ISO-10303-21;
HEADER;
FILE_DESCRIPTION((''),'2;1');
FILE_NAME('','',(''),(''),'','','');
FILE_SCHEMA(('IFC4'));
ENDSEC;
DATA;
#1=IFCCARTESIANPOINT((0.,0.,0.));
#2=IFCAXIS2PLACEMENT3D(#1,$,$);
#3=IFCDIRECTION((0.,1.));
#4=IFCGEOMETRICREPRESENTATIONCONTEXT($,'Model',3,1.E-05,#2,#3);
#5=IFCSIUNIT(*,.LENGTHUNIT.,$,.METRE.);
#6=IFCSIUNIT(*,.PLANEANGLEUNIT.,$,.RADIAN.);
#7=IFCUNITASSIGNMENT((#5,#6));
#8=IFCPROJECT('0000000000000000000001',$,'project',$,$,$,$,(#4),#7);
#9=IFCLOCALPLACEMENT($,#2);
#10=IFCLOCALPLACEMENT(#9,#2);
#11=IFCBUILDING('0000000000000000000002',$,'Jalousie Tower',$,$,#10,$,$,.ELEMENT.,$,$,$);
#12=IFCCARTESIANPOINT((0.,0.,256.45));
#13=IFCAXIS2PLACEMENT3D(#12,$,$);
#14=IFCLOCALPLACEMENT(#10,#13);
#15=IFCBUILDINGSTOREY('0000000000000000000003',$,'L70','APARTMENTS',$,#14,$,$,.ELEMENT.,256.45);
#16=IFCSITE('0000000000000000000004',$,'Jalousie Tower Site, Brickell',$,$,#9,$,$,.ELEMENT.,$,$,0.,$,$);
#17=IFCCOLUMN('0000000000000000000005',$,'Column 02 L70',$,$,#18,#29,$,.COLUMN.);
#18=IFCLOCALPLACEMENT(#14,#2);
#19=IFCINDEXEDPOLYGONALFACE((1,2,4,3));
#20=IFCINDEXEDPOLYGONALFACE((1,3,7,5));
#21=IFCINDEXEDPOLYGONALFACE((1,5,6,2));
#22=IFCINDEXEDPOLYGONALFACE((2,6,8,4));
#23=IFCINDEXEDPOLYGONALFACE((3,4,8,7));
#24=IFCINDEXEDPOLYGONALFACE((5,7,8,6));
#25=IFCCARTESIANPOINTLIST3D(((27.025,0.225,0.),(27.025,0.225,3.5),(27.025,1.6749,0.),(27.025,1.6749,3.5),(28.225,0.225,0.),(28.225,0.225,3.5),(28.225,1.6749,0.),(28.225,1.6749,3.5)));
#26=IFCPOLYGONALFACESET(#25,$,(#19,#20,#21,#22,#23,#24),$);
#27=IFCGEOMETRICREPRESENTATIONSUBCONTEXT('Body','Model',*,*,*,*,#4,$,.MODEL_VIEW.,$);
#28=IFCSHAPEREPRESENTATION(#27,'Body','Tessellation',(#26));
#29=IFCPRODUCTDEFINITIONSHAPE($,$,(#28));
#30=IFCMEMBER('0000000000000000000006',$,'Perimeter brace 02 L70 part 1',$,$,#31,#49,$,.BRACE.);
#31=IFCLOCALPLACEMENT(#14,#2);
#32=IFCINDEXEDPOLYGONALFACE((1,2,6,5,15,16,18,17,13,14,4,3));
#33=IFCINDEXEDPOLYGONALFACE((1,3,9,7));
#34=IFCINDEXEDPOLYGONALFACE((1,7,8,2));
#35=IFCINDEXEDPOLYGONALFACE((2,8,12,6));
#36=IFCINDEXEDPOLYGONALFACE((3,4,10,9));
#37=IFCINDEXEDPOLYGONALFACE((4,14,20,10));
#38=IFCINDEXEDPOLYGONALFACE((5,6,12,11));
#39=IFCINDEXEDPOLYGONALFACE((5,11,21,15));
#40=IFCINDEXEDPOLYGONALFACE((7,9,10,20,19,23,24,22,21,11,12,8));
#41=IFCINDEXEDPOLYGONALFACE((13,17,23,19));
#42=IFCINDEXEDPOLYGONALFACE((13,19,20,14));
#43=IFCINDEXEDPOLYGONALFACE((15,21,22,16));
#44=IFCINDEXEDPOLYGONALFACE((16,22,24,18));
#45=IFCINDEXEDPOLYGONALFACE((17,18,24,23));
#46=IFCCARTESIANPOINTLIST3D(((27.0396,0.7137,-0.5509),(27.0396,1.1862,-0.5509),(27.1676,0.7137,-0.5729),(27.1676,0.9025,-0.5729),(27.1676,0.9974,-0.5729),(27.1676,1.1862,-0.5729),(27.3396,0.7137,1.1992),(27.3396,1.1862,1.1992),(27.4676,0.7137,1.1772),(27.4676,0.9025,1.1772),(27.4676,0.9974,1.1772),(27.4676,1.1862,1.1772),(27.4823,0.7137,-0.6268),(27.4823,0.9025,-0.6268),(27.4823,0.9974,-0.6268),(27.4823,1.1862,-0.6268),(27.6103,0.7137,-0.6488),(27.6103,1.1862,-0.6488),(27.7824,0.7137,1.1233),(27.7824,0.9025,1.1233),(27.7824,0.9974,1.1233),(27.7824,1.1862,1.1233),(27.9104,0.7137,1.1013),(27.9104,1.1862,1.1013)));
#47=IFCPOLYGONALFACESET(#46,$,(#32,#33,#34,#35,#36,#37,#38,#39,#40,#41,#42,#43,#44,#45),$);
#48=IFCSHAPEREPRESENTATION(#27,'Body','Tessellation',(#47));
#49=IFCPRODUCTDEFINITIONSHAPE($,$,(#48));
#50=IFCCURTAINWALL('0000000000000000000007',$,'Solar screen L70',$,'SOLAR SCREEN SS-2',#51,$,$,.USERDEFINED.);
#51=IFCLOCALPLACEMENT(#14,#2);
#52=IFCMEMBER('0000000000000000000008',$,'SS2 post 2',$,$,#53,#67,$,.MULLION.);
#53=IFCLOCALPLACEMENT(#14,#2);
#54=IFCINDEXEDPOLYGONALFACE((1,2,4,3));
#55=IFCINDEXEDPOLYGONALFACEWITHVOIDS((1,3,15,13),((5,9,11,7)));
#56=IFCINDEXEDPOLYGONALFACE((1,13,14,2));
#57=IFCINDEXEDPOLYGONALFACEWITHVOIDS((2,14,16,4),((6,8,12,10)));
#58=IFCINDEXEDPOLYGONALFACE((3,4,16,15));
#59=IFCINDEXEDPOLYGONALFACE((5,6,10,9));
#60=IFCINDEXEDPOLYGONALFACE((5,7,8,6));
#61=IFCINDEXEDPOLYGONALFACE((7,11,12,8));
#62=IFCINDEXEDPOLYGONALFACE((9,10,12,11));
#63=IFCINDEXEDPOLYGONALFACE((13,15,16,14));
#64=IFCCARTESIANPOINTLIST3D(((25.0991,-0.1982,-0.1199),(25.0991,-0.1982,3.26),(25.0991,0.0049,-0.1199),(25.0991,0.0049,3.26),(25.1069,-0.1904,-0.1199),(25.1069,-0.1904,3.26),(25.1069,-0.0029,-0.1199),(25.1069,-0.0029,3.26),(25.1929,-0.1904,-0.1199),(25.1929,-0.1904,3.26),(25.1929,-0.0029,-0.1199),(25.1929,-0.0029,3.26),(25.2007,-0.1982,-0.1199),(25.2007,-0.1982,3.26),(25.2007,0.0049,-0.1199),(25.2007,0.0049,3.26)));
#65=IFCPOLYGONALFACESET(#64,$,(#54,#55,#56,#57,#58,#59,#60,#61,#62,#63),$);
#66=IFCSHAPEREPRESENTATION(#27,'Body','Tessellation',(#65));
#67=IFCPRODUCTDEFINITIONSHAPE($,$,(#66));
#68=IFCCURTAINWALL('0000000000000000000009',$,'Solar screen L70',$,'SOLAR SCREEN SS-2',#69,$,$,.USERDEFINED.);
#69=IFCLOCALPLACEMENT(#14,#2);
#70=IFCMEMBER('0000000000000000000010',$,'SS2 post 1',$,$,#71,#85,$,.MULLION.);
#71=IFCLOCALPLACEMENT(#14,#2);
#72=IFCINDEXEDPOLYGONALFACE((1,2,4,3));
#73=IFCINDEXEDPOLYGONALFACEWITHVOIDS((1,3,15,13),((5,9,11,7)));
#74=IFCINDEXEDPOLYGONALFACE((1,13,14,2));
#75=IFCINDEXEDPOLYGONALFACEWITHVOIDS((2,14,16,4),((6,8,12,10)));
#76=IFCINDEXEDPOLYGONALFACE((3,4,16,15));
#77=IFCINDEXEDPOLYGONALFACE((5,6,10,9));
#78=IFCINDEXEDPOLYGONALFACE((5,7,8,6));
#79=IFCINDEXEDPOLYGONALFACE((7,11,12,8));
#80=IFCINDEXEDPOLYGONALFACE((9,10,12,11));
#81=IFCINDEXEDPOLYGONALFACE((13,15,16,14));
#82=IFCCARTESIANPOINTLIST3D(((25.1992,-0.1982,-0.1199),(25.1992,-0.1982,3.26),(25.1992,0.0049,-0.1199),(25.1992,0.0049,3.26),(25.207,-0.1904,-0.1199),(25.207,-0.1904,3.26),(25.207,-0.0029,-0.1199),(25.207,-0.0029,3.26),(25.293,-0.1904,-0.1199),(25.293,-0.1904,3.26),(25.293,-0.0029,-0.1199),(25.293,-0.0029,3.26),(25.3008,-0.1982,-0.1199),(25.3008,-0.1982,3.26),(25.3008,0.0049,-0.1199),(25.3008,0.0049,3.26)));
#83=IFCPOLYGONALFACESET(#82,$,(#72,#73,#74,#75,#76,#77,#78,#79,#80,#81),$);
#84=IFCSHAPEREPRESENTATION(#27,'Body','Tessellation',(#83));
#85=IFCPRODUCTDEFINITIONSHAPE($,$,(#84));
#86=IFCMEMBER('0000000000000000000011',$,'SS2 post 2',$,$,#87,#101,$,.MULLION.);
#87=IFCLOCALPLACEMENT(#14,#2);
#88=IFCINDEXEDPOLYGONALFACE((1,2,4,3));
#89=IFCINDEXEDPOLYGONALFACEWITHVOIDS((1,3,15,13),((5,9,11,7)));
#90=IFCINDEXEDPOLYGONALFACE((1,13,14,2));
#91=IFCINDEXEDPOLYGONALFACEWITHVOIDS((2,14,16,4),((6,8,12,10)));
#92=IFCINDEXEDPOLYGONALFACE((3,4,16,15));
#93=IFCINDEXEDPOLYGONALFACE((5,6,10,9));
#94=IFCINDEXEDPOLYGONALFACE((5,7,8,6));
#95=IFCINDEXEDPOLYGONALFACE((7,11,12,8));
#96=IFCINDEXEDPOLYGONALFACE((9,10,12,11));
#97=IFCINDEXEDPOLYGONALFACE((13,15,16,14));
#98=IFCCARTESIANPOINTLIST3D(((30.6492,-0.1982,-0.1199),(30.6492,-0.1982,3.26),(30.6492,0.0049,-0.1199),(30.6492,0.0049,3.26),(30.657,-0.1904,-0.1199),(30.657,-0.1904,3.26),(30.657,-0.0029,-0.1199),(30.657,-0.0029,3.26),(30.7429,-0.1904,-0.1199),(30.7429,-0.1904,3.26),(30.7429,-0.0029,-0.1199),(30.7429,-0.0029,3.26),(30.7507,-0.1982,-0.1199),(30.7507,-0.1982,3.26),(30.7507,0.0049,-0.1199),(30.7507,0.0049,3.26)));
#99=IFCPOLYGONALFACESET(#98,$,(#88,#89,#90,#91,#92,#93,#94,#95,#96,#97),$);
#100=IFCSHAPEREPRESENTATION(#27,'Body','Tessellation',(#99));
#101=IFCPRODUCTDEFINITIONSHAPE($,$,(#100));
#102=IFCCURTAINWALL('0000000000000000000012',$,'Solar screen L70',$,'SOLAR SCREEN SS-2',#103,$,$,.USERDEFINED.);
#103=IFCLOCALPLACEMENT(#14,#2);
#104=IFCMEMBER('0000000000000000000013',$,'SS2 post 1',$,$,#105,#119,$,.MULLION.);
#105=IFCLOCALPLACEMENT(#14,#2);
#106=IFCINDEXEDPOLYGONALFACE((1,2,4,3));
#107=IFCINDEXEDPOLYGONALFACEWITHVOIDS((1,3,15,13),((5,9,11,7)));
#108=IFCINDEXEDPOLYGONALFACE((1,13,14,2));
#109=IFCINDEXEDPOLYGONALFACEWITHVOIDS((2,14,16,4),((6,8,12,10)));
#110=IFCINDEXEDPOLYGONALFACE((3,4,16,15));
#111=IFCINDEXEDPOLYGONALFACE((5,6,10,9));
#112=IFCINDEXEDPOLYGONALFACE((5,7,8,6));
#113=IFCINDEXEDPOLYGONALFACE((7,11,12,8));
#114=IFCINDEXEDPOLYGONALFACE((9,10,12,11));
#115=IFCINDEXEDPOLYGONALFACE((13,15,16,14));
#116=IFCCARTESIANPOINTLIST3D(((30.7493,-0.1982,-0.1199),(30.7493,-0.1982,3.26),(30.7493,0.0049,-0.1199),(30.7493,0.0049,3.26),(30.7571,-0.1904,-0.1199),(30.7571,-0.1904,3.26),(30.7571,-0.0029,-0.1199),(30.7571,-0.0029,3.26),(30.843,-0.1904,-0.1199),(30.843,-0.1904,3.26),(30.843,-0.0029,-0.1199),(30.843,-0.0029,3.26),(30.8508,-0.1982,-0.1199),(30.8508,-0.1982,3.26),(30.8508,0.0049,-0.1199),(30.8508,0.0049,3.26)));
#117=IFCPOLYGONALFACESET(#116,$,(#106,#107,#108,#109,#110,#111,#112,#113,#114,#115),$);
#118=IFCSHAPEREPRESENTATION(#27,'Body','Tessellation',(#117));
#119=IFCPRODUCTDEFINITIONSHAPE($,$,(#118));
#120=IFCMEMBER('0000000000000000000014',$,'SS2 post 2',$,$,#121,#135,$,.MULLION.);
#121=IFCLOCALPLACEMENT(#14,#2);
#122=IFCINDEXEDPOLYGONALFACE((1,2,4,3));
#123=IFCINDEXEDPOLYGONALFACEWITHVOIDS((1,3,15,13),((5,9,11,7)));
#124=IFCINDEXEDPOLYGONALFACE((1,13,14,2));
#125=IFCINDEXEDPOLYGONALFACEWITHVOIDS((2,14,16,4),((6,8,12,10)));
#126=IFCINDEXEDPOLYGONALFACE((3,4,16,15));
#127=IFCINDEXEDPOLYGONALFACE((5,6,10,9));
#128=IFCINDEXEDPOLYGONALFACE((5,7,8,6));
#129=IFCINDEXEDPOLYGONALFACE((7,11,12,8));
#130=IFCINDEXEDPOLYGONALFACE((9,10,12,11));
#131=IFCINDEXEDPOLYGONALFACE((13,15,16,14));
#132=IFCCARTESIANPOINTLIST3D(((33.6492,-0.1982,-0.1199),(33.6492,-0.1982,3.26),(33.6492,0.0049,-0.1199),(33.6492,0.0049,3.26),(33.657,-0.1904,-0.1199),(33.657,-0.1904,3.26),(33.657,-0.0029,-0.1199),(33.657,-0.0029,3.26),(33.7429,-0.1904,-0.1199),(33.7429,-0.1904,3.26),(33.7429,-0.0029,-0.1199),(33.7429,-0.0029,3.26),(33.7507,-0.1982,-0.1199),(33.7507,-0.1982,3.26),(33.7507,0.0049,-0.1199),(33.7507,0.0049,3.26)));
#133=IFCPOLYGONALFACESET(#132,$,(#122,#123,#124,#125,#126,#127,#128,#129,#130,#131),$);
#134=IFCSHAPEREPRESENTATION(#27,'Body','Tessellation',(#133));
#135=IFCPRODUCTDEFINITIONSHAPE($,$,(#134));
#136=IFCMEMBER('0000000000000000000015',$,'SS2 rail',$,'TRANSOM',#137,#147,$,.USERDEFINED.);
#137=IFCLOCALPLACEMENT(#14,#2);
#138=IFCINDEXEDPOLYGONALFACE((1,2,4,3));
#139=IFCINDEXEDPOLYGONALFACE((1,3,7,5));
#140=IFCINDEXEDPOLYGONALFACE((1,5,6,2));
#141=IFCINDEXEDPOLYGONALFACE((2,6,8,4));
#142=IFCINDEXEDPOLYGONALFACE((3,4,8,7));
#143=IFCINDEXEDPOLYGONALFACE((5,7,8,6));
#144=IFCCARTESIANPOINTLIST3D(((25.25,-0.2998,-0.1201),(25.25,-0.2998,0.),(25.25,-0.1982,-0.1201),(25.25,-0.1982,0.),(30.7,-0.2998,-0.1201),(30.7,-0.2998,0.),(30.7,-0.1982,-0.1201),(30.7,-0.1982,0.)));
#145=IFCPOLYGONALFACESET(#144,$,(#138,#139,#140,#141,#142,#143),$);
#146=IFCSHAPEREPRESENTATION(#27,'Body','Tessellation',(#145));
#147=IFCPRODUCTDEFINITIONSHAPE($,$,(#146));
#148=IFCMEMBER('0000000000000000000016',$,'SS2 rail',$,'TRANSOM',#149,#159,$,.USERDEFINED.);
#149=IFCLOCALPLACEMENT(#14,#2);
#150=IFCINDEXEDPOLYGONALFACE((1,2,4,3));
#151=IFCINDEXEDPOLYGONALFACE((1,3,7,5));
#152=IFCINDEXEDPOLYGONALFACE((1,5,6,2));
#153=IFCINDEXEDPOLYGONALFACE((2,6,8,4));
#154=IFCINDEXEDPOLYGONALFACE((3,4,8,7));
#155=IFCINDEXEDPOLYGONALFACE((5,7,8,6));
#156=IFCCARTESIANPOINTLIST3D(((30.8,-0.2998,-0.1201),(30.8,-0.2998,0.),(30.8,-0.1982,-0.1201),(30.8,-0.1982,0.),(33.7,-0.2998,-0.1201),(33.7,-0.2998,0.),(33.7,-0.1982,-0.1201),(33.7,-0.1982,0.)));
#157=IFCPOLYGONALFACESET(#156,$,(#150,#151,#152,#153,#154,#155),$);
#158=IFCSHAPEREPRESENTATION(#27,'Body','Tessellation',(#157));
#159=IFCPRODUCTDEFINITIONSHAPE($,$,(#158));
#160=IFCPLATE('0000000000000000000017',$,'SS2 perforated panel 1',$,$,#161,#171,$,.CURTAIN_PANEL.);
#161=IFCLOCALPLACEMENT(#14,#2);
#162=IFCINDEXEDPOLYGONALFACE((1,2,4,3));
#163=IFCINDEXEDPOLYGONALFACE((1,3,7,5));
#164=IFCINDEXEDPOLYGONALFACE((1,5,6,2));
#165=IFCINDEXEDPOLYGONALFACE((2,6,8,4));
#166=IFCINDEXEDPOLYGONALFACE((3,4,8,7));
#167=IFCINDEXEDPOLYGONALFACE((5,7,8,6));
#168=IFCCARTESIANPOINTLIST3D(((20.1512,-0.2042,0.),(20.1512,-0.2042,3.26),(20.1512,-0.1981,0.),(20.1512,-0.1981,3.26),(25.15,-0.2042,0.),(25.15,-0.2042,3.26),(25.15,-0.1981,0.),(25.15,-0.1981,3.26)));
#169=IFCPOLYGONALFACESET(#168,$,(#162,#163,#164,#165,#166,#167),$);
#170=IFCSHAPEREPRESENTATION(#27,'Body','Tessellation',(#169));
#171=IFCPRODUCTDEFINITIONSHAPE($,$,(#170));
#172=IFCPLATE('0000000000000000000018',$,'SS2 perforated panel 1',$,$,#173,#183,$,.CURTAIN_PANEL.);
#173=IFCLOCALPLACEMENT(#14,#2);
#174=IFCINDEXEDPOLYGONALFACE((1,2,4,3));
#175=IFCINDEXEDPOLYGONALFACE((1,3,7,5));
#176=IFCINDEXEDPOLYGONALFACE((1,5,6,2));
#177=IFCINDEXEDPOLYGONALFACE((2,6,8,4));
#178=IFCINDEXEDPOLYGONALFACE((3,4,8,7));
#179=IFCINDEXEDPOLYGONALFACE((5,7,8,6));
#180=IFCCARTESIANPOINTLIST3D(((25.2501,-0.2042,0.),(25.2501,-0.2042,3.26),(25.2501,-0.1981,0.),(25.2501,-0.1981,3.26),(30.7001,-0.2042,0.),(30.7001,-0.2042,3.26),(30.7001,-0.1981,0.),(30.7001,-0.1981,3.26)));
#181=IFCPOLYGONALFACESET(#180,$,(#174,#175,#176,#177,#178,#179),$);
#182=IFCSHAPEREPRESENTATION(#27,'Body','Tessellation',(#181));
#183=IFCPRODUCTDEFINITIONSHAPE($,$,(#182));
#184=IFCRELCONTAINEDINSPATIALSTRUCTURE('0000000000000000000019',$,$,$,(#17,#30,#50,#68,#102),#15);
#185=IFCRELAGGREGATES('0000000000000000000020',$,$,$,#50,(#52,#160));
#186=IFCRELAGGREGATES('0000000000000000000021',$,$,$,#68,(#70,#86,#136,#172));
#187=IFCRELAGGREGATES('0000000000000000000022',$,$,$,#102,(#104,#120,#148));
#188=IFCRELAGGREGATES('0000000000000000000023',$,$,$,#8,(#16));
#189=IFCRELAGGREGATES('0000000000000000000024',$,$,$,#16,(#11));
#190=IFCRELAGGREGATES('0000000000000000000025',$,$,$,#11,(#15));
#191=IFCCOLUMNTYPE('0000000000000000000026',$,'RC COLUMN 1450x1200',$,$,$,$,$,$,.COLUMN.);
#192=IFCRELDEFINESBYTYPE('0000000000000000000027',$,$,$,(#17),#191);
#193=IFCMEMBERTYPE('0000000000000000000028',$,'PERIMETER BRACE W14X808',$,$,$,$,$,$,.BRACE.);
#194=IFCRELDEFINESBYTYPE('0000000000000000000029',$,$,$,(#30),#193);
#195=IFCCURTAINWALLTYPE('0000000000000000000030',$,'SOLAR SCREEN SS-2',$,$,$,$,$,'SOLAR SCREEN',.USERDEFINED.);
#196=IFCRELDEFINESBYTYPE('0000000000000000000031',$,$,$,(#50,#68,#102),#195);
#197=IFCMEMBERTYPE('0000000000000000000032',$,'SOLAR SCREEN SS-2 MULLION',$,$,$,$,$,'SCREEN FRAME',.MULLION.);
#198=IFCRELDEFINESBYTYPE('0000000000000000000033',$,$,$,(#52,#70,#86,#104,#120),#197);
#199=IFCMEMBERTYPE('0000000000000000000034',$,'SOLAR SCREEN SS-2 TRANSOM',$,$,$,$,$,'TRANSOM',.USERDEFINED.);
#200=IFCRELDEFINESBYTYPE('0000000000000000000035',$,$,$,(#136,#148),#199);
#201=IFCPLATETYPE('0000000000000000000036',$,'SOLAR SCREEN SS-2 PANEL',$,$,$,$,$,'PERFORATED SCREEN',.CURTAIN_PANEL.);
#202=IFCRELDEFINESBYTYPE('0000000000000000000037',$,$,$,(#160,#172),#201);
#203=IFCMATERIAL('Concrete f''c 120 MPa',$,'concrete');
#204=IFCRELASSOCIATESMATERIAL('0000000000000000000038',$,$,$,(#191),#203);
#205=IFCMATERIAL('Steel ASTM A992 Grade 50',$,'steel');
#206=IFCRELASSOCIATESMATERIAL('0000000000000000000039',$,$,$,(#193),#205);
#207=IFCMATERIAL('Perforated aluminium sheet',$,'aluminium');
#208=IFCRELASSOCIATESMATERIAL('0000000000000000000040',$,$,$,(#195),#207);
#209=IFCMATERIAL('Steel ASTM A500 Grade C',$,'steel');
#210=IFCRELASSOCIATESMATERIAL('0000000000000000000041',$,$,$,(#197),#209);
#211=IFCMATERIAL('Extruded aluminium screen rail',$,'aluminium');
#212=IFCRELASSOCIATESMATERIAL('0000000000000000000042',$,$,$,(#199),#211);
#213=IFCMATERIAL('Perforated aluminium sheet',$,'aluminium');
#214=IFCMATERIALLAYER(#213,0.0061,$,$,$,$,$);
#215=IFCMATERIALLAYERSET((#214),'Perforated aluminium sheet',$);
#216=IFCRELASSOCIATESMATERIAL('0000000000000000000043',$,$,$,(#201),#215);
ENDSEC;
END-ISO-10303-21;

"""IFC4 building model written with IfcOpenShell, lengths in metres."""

from ifc_helpers import new_model, si_unit, direction, frame, origin, origin_2d, place, context, subcontext, project, spatial, rectangle, hollow_rectangle, i_section, extrude, material, layer, layer_set, material_profile, profile_set, type_object, element, aggregate, save


model = new_model("IFC4")

# Units and contexts
model_context = context("Model", 3, precision=1e-05, world=origin(), true_north=direction((0.0, 1.0)))
body_context = subcontext(model_context, "Body", "Model", "MODEL_VIEW")
ifc_project = project(units=[si_unit("LENGTHUNIT", "METRE"), si_unit("PLANEANGLEUNIT", "RADIAN")], contexts=[model_context])

# Site, building, storey
site_placement = place(None, origin())
site = spatial("IfcSite", under=ifc_project, at=site_placement, Name="Jalousie Tower Site, Brickell", CompositionType="ELEMENT", RefElevation=0.0)
building_placement = place(site_placement, origin())
building = spatial("IfcBuilding", under=site, at=building_placement, Name="Jalousie Tower", CompositionType="ELEMENT")
storey_placement = place(building_placement, frame((0.0, 0.0, 256.45)))
storey = spatial("IfcBuildingStorey", under=building, at=storey_placement, Name="L70", Description="APARTMENTS", CompositionType="ELEMENT", Elevation=256.45)

# Column
ifc_material_1 = material(Name="Concrete f'c 120 MPa", Category="concrete")
ifc_material_profile_1 = material_profile(ifc_material_1, rectangle(XDim=1.45, YDim=1.2, at=origin_2d()), Name="RC 1450x1200")
ifc_profile_set_1 = profile_set([ifc_material_profile_1], Name="Concrete f'c 120 MPa")
column_type = type_object("IfcColumnType", Name="RC COLUMN 1450x1200", PredefinedType="COLUMN", material=ifc_profile_set_1)
column_placement = place(storey_placement, frame((27.625, 0.95, 0.0), z_axis=(0.0, 0.0, 1.0), x_axis=(0.0, 1.0, 0.0)))
element("IfcColumn", 1, at=column_placement, inside=storey, type_object=column_type, Name="Column 02 L70", PredefinedType="COLUMN", context=body_context, shape_type="SweptSolid", body=[
    extrude(rectangle(XDim=1.45, YDim=1.2, at=origin_2d()), origin(), (0.0, 0.0, 1.0), 3.5),
])

# Member
ifc_material_2 = material(Name="Steel ASTM A992 Grade 50", Category="steel")
ifc_material_profile_2 = material_profile(ifc_material_2, i_section(OverallWidth=0.4724, OverallDepth=0.5791, WebThickness=0.095, FlangeThickness=0.1299, at=origin_2d()), Name="W14X808")
ifc_profile_set_2 = profile_set([ifc_material_profile_2], Name="Steel ASTM A992 Grade 50")
member_type_1 = type_object("IfcMemberType", Name="PERIMETER BRACE W14X808", PredefinedType="BRACE", material=ifc_profile_set_2)
member_1_placement = place(storey_placement, frame((27.325, 0.95, -0.5999), z_axis=(0.168991, 0.0, 0.985618), x_axis=(0.0, 1.0, 0.0)))
element("IfcMember", 2, at=member_1_placement, inside=storey, type_object=member_type_1, Name="Perimeter brace 02 L70 part 1", PredefinedType="BRACE", context=body_context, shape_type="SweptSolid", body=[
    extrude(i_section(OverallWidth=0.4724, OverallDepth=0.5791, WebThickness=0.095, FlangeThickness=0.1299, at=origin_2d()), origin(), (0.0, 0.0, 1.0), 1.7756),
])

# Curtain wall, member
ifc_material_3 = material(Name="Perforated aluminium sheet", Category="aluminium")
curtain_wall_type = type_object("IfcCurtainWallType", Name="SOLAR SCREEN SS-2", ElementType="SOLAR SCREEN", PredefinedType="USERDEFINED", material=ifc_material_3)
curtain_wall_1_placement = place(storey_placement, origin())
curtain_wall_1 = element("IfcCurtainWall", 3, at=curtain_wall_1_placement, inside=storey, type_object=curtain_wall_type, Name="Solar screen L70", ObjectType="SOLAR SCREEN SS-2", PredefinedType="USERDEFINED")
ifc_material_4 = material(Name="Steel ASTM A500 Grade C", Category="steel")
ifc_material_profile_3 = material_profile(ifc_material_4, hollow_rectangle(XDim=0.1016, YDim=0.2031, WallThickness=0.0078, at=origin_2d()), Name="HSS8X4X5/16")
ifc_profile_set_3 = profile_set([ifc_material_profile_3], Name="Steel ASTM A500 Grade C")
member_type_2 = type_object("IfcMemberType", Name="SOLAR SCREEN SS-2 MULLION", ElementType="SCREEN FRAME", PredefinedType="MULLION", material=ifc_profile_set_3)
member_2_placement = place(storey_placement, frame((25.1499, -0.0967, -0.1199), z_axis=(0.0, 0.0, 1.0), x_axis=(1.0, 0.0, 0.0)))
member_2 = element("IfcMember", 4, at=member_2_placement, type_object=member_type_2, Name="SS2 post 2", PredefinedType="MULLION", context=body_context, shape_type="SweptSolid", body=[
    extrude(hollow_rectangle(XDim=0.1016, YDim=0.2031, WallThickness=0.0078, at=origin_2d()), origin(), (0.0, 0.0, 1.0), 3.3799),
])

# Curtain walls, members
curtain_wall_2_placement = place(storey_placement, origin())
curtain_wall_2 = element("IfcCurtainWall", 5, at=curtain_wall_2_placement, inside=storey, type_object=curtain_wall_type, Name="Solar screen L70", ObjectType="SOLAR SCREEN SS-2", PredefinedType="USERDEFINED")
member_3_placement = place(storey_placement, frame((25.25, -0.0967, -0.1199), z_axis=(0.0, 0.0, 1.0), x_axis=(1.0, 0.0, 0.0)))
member_3 = element("IfcMember", 6, at=member_3_placement, type_object=member_type_2, Name="SS2 post 1", PredefinedType="MULLION", context=body_context, shape_type="SweptSolid", body=[
    extrude(hollow_rectangle(XDim=0.1016, YDim=0.2031, WallThickness=0.0078, at=origin_2d()), origin(), (0.0, 0.0, 1.0), 3.3799),
])
member_4_placement = place(storey_placement, frame((30.7, -0.0967, -0.1199), z_axis=(0.0, 0.0, 1.0), x_axis=(1.0, 0.0, 0.0)))
member_4 = element("IfcMember", 7, at=member_4_placement, type_object=member_type_2, Name="SS2 post 2", PredefinedType="MULLION", context=body_context, shape_type="SweptSolid", body=[
    extrude(hollow_rectangle(XDim=0.1016, YDim=0.2031, WallThickness=0.0078, at=origin_2d()), origin(), (0.0, 0.0, 1.0), 3.3799),
])
curtain_wall_3_placement = place(storey_placement, origin())
curtain_wall_3 = element("IfcCurtainWall", 8, at=curtain_wall_3_placement, inside=storey, type_object=curtain_wall_type, Name="Solar screen L70", ObjectType="SOLAR SCREEN SS-2", PredefinedType="USERDEFINED")
member_5_placement = place(storey_placement, frame((30.8, -0.0967, -0.1199), z_axis=(0.0, 0.0, 1.0), x_axis=(1.0, 0.0, 0.0)))
member_5 = element("IfcMember", 9, at=member_5_placement, type_object=member_type_2, Name="SS2 post 1", PredefinedType="MULLION", context=body_context, shape_type="SweptSolid", body=[
    extrude(hollow_rectangle(XDim=0.1016, YDim=0.2031, WallThickness=0.0078, at=origin_2d()), origin(), (0.0, 0.0, 1.0), 3.3799),
])
member_6_placement = place(storey_placement, frame((33.7, -0.0967, -0.1199), z_axis=(0.0, 0.0, 1.0), x_axis=(1.0, 0.0, 0.0)))
member_6 = element("IfcMember", 10, at=member_6_placement, type_object=member_type_2, Name="SS2 post 2", PredefinedType="MULLION", context=body_context, shape_type="SweptSolid", body=[
    extrude(hollow_rectangle(XDim=0.1016, YDim=0.2031, WallThickness=0.0078, at=origin_2d()), origin(), (0.0, 0.0, 1.0), 3.3799),
])

# Members
ifc_material_5 = material(Name="Extruded aluminium screen rail", Category="aluminium")
ifc_material_profile_4 = material_profile(ifc_material_5, rectangle(XDim=0.1016, YDim=0.1201, at=origin_2d()), Name="RAIL 102x120")
ifc_profile_set_4 = profile_set([ifc_material_profile_4], Name="Extruded aluminium screen rail")
member_type_3 = type_object("IfcMemberType", Name="SOLAR SCREEN SS-2 TRANSOM", ElementType="TRANSOM", PredefinedType="USERDEFINED", material=ifc_profile_set_4)
member_7_placement = place(storey_placement, frame((25.25, -0.249, -0.0601), z_axis=(1.0, 0.0, 0.0), x_axis=(0.0, 1.0, 0.0)))
member_7 = element("IfcMember", 11, at=member_7_placement, type_object=member_type_3, Name="SS2 rail", ObjectType="TRANSOM", PredefinedType="USERDEFINED", context=body_context, shape_type="SweptSolid", body=[
    extrude(rectangle(XDim=0.1016, YDim=0.1201, at=origin_2d()), origin(), (0.0, 0.0, 1.0), 5.45),
])
member_8_placement = place(storey_placement, frame((30.8, -0.249, -0.0601), z_axis=(1.0, 0.0, 0.0), x_axis=(0.0, 1.0, 0.0)))
member_8 = element("IfcMember", 12, at=member_8_placement, type_object=member_type_3, Name="SS2 rail", ObjectType="TRANSOM", PredefinedType="USERDEFINED", context=body_context, shape_type="SweptSolid", body=[
    extrude(rectangle(XDim=0.1016, YDim=0.1201, at=origin_2d()), origin(), (0.0, 0.0, 1.0), 2.8999),
])

# Plates
ifc_material_6 = material(Name="Perforated aluminium sheet", Category="aluminium")
ifc_layer_1 = layer(ifc_material_6, 0.0061)
ifc_layer_set_1 = layer_set([ifc_layer_1], Name="Perforated aluminium sheet")
plate_type = type_object("IfcPlateType", Name="SOLAR SCREEN SS-2 PANEL", ElementType="PERFORATED SCREEN", PredefinedType="CURTAIN_PANEL", material=ifc_layer_set_1)
plate_1_placement = place(storey_placement, frame((22.6506, -0.2012, 0.0), z_axis=(0.0, 0.0, 1.0), x_axis=(1.0, 0.0, 0.0)))
plate_1 = element("IfcPlate", 13, at=plate_1_placement, type_object=plate_type, Name="SS2 perforated panel 1", PredefinedType="CURTAIN_PANEL", context=body_context, shape_type="SweptSolid", body=[
    extrude(rectangle(XDim=4.9988, YDim=0.0061, at=origin_2d()), origin(), (0.0, 0.0, 1.0), 3.26),
])
aggregate(curtain_wall_1, [member_2, plate_1])
plate_2_placement = place(storey_placement, frame((27.9751, -0.2012, 0.0), z_axis=(0.0, 0.0, 1.0), x_axis=(1.0, 0.0, 0.0)))
plate_2 = element("IfcPlate", 14, at=plate_2_placement, type_object=plate_type, Name="SS2 perforated panel 1", PredefinedType="CURTAIN_PANEL", context=body_context, shape_type="SweptSolid", body=[
    extrude(rectangle(XDim=5.45, YDim=0.0061, at=origin_2d()), origin(), (0.0, 0.0, 1.0), 3.26),
])
aggregate(curtain_wall_2, [member_3, member_4, member_7, plate_2])
aggregate(curtain_wall_3, [member_5, member_6, member_8])

save(model, "model.ifc")
